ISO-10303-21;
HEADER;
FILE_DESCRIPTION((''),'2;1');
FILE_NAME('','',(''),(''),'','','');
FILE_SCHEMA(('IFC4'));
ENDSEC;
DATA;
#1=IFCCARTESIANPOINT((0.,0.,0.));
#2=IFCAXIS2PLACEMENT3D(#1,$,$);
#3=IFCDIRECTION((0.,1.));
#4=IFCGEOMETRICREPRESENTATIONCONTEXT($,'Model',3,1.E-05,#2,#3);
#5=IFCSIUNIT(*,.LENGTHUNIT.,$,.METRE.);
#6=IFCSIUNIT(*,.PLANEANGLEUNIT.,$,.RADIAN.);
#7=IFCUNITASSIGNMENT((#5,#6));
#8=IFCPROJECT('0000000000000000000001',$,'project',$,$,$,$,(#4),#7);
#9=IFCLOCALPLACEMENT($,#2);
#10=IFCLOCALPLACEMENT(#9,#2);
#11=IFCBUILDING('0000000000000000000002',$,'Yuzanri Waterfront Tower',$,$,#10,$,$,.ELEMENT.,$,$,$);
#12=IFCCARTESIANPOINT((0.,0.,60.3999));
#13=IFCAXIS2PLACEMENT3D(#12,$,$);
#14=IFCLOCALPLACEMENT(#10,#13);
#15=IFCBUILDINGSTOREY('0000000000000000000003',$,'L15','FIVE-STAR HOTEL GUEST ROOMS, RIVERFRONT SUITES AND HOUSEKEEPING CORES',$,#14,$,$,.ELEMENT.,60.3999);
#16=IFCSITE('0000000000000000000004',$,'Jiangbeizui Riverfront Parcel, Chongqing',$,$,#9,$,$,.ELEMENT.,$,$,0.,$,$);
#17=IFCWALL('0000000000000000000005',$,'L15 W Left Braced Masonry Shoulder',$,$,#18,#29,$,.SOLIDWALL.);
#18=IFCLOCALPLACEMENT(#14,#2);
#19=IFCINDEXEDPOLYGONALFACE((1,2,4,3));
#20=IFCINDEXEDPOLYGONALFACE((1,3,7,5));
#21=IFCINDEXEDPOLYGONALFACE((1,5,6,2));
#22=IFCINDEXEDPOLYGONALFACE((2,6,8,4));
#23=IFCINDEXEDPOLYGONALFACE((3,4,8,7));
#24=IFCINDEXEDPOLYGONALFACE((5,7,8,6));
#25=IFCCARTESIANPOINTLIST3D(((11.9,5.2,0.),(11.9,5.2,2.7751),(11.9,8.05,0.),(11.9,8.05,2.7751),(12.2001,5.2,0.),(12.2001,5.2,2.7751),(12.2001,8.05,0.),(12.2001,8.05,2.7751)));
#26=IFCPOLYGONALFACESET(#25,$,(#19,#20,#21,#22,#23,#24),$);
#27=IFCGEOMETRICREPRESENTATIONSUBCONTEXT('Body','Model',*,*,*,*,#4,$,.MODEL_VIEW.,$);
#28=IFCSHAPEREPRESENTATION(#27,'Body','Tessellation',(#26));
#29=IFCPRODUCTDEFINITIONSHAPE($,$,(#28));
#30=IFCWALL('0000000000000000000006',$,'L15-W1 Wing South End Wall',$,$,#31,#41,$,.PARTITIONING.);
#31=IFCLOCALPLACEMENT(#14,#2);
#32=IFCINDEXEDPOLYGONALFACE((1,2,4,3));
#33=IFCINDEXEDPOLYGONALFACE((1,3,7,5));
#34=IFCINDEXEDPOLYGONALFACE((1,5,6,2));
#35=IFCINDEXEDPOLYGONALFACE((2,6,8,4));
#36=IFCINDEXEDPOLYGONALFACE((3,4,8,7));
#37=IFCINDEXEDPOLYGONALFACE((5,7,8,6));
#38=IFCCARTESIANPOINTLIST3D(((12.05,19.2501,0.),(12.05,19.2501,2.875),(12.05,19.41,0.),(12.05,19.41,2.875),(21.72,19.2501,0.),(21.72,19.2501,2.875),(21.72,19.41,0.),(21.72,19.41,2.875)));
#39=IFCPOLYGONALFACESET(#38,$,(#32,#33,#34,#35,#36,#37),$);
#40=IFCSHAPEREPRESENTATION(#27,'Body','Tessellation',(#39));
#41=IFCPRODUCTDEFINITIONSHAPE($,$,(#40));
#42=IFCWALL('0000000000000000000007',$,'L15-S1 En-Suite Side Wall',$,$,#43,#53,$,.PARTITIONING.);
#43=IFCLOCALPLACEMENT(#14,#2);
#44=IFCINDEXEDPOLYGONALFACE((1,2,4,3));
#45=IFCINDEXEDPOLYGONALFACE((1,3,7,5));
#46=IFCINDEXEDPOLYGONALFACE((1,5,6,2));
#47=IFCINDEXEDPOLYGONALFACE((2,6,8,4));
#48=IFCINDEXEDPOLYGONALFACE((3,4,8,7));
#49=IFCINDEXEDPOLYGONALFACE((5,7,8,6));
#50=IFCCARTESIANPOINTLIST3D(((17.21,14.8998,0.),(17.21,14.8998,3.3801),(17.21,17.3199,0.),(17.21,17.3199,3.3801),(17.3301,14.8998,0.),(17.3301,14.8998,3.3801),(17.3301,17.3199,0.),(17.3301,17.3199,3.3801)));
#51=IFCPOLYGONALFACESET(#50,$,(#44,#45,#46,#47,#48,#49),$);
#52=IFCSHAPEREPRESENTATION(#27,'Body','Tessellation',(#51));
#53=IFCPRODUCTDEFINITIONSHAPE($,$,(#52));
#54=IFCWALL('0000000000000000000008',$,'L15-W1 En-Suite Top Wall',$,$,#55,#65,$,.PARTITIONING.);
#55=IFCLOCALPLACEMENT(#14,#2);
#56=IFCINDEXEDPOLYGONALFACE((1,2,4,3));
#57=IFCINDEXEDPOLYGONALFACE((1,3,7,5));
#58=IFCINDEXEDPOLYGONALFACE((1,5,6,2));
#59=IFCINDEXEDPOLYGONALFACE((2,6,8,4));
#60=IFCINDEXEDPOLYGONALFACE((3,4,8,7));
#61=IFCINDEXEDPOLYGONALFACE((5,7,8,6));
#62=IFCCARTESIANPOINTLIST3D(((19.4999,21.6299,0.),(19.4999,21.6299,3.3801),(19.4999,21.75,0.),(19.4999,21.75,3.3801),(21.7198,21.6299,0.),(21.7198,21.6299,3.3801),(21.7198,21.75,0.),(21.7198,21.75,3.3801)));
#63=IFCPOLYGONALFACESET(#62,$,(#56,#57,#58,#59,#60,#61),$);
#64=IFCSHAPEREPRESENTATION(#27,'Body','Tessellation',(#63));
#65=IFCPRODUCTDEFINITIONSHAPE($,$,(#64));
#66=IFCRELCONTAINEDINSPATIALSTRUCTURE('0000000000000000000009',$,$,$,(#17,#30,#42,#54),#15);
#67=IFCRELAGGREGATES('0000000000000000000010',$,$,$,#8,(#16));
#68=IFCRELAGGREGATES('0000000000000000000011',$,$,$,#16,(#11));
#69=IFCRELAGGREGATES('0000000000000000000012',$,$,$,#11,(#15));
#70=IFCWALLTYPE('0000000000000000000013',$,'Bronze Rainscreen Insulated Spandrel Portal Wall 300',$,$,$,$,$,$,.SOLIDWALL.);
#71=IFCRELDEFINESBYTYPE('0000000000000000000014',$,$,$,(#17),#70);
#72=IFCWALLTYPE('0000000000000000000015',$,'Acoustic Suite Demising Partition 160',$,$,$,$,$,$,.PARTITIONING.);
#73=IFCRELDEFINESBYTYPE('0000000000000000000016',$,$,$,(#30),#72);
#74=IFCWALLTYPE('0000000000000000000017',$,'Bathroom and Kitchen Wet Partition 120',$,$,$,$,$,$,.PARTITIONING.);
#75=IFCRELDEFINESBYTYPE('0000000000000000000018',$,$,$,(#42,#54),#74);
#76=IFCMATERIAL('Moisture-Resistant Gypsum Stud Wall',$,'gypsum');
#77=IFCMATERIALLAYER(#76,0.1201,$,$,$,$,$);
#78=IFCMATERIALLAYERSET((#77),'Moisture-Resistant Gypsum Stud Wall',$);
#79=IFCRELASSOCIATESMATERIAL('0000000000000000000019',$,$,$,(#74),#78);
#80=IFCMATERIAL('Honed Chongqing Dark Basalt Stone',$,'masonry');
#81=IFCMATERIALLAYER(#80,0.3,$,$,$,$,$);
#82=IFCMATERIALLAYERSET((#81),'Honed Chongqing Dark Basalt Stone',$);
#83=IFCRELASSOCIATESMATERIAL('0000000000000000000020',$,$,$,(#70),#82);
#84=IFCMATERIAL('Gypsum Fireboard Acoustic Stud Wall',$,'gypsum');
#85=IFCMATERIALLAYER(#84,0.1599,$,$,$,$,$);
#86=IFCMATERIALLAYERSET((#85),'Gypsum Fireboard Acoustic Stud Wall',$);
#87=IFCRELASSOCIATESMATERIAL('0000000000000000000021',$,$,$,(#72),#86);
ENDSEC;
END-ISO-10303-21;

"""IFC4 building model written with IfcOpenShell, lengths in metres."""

from ifc_helpers import new_model, si_unit, direction, frame, frame_2d, origin, place, context, subcontext, project, spatial, rectangle, extrude, source, transform, mapped, material, layer, layer_set, type_object, element, save


model = new_model("IFC4")

# Units and contexts
model_context = context("Model", 3, precision=1e-05, world=origin(), true_north=direction((0.0, 1.0)))
body_context = subcontext(model_context, "Body", "Model", "MODEL_VIEW")
ifc_project = project(units=[si_unit("LENGTHUNIT", "METRE"), si_unit("PLANEANGLEUNIT", "RADIAN")], contexts=[model_context])

# Site, building, storey
site_placement = place(None, origin())
site = spatial("IfcSite", under=ifc_project, at=site_placement, Name="Jiangbeizui Riverfront Parcel, Chongqing", CompositionType="ELEMENT", RefElevation=0.0)
building_placement = place(site_placement, origin())
building = spatial("IfcBuilding", under=site, at=building_placement, Name="Yuzanri Waterfront Tower", CompositionType="ELEMENT")
storey_placement = place(building_placement, frame((0.0, 0.0, 60.3999)))
storey = spatial("IfcBuildingStorey", under=building, at=storey_placement, Name="L15", Description="FIVE-STAR HOTEL GUEST ROOMS, RIVERFRONT SUITES AND HOUSEKEEPING CORES", CompositionType="ELEMENT", Elevation=60.3999)

# Shared definitions
ifc_material_1 = material(Name="Moisture-Resistant Gypsum Stud Wall", Category="gypsum")
ifc_layer_1 = layer(ifc_material_1, 0.1201)
ifc_layer_set_1 = layer_set([ifc_layer_1], Name="Moisture-Resistant Gypsum Stud Wall")
wall_type_1 = type_object("IfcWallType", Name="Bathroom and Kitchen Wet Partition 120", PredefinedType="PARTITIONING", material=ifc_layer_set_1)

# Walls
ifc_material_2 = material(Name="Honed Chongqing Dark Basalt Stone", Category="masonry")
ifc_layer_2 = layer(ifc_material_2, 0.3)
ifc_layer_set_2 = layer_set([ifc_layer_2], Name="Honed Chongqing Dark Basalt Stone")
wall_type_2 = type_object("IfcWallType", Name="Bronze Rainscreen Insulated Spandrel Portal Wall 300", PredefinedType="SOLIDWALL", material=ifc_layer_set_2)
shared_shape_1 = source(origin(), body_context, "Body", "SweptSolid", [
    extrude(rectangle(XDim=2.8501, YDim=0.3, at=frame_2d((1.425, 0.0))), origin(), (0.0, 0.0, 1.0), 2.7751),
])
wall_1_placement = place(storey_placement, frame((12.05, 5.2, 0.0), z_axis=(0.0, 0.0, 1.0), x_axis=(0.0, 1.0, 0.0)))
element("IfcWall", 1, at=wall_1_placement, inside=storey, type_object=wall_type_2, Name="L15 W Left Braced Masonry Shoulder", PredefinedType="SOLIDWALL", context=body_context, shape_type="MappedRepresentation", body=[
    mapped(shared_shape_1, transform((0.0, 0.0, 0.0), scale=1.0)),
])
ifc_material_3 = material(Name="Gypsum Fireboard Acoustic Stud Wall", Category="gypsum")
ifc_layer_3 = layer(ifc_material_3, 0.1599)
ifc_layer_set_3 = layer_set([ifc_layer_3], Name="Gypsum Fireboard Acoustic Stud Wall")
wall_type_3 = type_object("IfcWallType", Name="Acoustic Suite Demising Partition 160", PredefinedType="PARTITIONING", material=ifc_layer_set_3)
shared_shape_2 = source(origin(), body_context, "Body", "SweptSolid", [
    extrude(rectangle(XDim=9.6699, YDim=0.1599, at=frame_2d((4.835, 0.0))), origin(), (0.0, 0.0, 1.0), 2.875),
])
wall_2_placement = place(storey_placement, frame((12.05, 19.3301, 0.0), z_axis=(0.0, 0.0, 1.0), x_axis=(1.0, 0.0, 0.0)))
element("IfcWall", 2, at=wall_2_placement, inside=storey, type_object=wall_type_3, Name="L15-W1 Wing South End Wall", PredefinedType="PARTITIONING", context=body_context, shape_type="MappedRepresentation", body=[
    mapped(shared_shape_2, transform((0.0, 0.0, 0.0), scale=1.0)),
])
shared_shape_3 = source(origin(), body_context, "Body", "SweptSolid", [
    extrude(rectangle(XDim=2.4202, YDim=0.1201, at=frame_2d((1.21, 0.0))), origin(), (0.0, 0.0, 1.0), 3.3801),
])
wall_3_placement = place(storey_placement, frame((17.27, 14.8999, 0.0), z_axis=(0.0, 0.0, 1.0), x_axis=(0.0, 1.0, 0.0)))
element("IfcWall", 3, at=wall_3_placement, inside=storey, type_object=wall_type_1, Name="L15-S1 En-Suite Side Wall", PredefinedType="PARTITIONING", context=body_context, shape_type="MappedRepresentation", body=[
    mapped(shared_shape_3, transform((0.0, 0.0, 0.0), scale=1.0)),
])
shared_shape_4 = source(origin(), body_context, "Body", "SweptSolid", [
    extrude(rectangle(XDim=2.22, YDim=0.1201, at=frame_2d((1.1099, 0.0))), origin(), (0.0, 0.0, 1.0), 3.3801),
])
wall_4_placement = place(storey_placement, frame((19.5, 21.6899, 0.0), z_axis=(0.0, 0.0, 1.0), x_axis=(1.0, 0.0, 0.0)))
element("IfcWall", 4, at=wall_4_placement, inside=storey, type_object=wall_type_1, Name="L15-W1 En-Suite Top Wall", PredefinedType="PARTITIONING", context=body_context, shape_type="MappedRepresentation", body=[
    mapped(shared_shape_4, transform((0.0, 0.0, 0.0), scale=1.0)),
])

save(model, "model.ifc")
